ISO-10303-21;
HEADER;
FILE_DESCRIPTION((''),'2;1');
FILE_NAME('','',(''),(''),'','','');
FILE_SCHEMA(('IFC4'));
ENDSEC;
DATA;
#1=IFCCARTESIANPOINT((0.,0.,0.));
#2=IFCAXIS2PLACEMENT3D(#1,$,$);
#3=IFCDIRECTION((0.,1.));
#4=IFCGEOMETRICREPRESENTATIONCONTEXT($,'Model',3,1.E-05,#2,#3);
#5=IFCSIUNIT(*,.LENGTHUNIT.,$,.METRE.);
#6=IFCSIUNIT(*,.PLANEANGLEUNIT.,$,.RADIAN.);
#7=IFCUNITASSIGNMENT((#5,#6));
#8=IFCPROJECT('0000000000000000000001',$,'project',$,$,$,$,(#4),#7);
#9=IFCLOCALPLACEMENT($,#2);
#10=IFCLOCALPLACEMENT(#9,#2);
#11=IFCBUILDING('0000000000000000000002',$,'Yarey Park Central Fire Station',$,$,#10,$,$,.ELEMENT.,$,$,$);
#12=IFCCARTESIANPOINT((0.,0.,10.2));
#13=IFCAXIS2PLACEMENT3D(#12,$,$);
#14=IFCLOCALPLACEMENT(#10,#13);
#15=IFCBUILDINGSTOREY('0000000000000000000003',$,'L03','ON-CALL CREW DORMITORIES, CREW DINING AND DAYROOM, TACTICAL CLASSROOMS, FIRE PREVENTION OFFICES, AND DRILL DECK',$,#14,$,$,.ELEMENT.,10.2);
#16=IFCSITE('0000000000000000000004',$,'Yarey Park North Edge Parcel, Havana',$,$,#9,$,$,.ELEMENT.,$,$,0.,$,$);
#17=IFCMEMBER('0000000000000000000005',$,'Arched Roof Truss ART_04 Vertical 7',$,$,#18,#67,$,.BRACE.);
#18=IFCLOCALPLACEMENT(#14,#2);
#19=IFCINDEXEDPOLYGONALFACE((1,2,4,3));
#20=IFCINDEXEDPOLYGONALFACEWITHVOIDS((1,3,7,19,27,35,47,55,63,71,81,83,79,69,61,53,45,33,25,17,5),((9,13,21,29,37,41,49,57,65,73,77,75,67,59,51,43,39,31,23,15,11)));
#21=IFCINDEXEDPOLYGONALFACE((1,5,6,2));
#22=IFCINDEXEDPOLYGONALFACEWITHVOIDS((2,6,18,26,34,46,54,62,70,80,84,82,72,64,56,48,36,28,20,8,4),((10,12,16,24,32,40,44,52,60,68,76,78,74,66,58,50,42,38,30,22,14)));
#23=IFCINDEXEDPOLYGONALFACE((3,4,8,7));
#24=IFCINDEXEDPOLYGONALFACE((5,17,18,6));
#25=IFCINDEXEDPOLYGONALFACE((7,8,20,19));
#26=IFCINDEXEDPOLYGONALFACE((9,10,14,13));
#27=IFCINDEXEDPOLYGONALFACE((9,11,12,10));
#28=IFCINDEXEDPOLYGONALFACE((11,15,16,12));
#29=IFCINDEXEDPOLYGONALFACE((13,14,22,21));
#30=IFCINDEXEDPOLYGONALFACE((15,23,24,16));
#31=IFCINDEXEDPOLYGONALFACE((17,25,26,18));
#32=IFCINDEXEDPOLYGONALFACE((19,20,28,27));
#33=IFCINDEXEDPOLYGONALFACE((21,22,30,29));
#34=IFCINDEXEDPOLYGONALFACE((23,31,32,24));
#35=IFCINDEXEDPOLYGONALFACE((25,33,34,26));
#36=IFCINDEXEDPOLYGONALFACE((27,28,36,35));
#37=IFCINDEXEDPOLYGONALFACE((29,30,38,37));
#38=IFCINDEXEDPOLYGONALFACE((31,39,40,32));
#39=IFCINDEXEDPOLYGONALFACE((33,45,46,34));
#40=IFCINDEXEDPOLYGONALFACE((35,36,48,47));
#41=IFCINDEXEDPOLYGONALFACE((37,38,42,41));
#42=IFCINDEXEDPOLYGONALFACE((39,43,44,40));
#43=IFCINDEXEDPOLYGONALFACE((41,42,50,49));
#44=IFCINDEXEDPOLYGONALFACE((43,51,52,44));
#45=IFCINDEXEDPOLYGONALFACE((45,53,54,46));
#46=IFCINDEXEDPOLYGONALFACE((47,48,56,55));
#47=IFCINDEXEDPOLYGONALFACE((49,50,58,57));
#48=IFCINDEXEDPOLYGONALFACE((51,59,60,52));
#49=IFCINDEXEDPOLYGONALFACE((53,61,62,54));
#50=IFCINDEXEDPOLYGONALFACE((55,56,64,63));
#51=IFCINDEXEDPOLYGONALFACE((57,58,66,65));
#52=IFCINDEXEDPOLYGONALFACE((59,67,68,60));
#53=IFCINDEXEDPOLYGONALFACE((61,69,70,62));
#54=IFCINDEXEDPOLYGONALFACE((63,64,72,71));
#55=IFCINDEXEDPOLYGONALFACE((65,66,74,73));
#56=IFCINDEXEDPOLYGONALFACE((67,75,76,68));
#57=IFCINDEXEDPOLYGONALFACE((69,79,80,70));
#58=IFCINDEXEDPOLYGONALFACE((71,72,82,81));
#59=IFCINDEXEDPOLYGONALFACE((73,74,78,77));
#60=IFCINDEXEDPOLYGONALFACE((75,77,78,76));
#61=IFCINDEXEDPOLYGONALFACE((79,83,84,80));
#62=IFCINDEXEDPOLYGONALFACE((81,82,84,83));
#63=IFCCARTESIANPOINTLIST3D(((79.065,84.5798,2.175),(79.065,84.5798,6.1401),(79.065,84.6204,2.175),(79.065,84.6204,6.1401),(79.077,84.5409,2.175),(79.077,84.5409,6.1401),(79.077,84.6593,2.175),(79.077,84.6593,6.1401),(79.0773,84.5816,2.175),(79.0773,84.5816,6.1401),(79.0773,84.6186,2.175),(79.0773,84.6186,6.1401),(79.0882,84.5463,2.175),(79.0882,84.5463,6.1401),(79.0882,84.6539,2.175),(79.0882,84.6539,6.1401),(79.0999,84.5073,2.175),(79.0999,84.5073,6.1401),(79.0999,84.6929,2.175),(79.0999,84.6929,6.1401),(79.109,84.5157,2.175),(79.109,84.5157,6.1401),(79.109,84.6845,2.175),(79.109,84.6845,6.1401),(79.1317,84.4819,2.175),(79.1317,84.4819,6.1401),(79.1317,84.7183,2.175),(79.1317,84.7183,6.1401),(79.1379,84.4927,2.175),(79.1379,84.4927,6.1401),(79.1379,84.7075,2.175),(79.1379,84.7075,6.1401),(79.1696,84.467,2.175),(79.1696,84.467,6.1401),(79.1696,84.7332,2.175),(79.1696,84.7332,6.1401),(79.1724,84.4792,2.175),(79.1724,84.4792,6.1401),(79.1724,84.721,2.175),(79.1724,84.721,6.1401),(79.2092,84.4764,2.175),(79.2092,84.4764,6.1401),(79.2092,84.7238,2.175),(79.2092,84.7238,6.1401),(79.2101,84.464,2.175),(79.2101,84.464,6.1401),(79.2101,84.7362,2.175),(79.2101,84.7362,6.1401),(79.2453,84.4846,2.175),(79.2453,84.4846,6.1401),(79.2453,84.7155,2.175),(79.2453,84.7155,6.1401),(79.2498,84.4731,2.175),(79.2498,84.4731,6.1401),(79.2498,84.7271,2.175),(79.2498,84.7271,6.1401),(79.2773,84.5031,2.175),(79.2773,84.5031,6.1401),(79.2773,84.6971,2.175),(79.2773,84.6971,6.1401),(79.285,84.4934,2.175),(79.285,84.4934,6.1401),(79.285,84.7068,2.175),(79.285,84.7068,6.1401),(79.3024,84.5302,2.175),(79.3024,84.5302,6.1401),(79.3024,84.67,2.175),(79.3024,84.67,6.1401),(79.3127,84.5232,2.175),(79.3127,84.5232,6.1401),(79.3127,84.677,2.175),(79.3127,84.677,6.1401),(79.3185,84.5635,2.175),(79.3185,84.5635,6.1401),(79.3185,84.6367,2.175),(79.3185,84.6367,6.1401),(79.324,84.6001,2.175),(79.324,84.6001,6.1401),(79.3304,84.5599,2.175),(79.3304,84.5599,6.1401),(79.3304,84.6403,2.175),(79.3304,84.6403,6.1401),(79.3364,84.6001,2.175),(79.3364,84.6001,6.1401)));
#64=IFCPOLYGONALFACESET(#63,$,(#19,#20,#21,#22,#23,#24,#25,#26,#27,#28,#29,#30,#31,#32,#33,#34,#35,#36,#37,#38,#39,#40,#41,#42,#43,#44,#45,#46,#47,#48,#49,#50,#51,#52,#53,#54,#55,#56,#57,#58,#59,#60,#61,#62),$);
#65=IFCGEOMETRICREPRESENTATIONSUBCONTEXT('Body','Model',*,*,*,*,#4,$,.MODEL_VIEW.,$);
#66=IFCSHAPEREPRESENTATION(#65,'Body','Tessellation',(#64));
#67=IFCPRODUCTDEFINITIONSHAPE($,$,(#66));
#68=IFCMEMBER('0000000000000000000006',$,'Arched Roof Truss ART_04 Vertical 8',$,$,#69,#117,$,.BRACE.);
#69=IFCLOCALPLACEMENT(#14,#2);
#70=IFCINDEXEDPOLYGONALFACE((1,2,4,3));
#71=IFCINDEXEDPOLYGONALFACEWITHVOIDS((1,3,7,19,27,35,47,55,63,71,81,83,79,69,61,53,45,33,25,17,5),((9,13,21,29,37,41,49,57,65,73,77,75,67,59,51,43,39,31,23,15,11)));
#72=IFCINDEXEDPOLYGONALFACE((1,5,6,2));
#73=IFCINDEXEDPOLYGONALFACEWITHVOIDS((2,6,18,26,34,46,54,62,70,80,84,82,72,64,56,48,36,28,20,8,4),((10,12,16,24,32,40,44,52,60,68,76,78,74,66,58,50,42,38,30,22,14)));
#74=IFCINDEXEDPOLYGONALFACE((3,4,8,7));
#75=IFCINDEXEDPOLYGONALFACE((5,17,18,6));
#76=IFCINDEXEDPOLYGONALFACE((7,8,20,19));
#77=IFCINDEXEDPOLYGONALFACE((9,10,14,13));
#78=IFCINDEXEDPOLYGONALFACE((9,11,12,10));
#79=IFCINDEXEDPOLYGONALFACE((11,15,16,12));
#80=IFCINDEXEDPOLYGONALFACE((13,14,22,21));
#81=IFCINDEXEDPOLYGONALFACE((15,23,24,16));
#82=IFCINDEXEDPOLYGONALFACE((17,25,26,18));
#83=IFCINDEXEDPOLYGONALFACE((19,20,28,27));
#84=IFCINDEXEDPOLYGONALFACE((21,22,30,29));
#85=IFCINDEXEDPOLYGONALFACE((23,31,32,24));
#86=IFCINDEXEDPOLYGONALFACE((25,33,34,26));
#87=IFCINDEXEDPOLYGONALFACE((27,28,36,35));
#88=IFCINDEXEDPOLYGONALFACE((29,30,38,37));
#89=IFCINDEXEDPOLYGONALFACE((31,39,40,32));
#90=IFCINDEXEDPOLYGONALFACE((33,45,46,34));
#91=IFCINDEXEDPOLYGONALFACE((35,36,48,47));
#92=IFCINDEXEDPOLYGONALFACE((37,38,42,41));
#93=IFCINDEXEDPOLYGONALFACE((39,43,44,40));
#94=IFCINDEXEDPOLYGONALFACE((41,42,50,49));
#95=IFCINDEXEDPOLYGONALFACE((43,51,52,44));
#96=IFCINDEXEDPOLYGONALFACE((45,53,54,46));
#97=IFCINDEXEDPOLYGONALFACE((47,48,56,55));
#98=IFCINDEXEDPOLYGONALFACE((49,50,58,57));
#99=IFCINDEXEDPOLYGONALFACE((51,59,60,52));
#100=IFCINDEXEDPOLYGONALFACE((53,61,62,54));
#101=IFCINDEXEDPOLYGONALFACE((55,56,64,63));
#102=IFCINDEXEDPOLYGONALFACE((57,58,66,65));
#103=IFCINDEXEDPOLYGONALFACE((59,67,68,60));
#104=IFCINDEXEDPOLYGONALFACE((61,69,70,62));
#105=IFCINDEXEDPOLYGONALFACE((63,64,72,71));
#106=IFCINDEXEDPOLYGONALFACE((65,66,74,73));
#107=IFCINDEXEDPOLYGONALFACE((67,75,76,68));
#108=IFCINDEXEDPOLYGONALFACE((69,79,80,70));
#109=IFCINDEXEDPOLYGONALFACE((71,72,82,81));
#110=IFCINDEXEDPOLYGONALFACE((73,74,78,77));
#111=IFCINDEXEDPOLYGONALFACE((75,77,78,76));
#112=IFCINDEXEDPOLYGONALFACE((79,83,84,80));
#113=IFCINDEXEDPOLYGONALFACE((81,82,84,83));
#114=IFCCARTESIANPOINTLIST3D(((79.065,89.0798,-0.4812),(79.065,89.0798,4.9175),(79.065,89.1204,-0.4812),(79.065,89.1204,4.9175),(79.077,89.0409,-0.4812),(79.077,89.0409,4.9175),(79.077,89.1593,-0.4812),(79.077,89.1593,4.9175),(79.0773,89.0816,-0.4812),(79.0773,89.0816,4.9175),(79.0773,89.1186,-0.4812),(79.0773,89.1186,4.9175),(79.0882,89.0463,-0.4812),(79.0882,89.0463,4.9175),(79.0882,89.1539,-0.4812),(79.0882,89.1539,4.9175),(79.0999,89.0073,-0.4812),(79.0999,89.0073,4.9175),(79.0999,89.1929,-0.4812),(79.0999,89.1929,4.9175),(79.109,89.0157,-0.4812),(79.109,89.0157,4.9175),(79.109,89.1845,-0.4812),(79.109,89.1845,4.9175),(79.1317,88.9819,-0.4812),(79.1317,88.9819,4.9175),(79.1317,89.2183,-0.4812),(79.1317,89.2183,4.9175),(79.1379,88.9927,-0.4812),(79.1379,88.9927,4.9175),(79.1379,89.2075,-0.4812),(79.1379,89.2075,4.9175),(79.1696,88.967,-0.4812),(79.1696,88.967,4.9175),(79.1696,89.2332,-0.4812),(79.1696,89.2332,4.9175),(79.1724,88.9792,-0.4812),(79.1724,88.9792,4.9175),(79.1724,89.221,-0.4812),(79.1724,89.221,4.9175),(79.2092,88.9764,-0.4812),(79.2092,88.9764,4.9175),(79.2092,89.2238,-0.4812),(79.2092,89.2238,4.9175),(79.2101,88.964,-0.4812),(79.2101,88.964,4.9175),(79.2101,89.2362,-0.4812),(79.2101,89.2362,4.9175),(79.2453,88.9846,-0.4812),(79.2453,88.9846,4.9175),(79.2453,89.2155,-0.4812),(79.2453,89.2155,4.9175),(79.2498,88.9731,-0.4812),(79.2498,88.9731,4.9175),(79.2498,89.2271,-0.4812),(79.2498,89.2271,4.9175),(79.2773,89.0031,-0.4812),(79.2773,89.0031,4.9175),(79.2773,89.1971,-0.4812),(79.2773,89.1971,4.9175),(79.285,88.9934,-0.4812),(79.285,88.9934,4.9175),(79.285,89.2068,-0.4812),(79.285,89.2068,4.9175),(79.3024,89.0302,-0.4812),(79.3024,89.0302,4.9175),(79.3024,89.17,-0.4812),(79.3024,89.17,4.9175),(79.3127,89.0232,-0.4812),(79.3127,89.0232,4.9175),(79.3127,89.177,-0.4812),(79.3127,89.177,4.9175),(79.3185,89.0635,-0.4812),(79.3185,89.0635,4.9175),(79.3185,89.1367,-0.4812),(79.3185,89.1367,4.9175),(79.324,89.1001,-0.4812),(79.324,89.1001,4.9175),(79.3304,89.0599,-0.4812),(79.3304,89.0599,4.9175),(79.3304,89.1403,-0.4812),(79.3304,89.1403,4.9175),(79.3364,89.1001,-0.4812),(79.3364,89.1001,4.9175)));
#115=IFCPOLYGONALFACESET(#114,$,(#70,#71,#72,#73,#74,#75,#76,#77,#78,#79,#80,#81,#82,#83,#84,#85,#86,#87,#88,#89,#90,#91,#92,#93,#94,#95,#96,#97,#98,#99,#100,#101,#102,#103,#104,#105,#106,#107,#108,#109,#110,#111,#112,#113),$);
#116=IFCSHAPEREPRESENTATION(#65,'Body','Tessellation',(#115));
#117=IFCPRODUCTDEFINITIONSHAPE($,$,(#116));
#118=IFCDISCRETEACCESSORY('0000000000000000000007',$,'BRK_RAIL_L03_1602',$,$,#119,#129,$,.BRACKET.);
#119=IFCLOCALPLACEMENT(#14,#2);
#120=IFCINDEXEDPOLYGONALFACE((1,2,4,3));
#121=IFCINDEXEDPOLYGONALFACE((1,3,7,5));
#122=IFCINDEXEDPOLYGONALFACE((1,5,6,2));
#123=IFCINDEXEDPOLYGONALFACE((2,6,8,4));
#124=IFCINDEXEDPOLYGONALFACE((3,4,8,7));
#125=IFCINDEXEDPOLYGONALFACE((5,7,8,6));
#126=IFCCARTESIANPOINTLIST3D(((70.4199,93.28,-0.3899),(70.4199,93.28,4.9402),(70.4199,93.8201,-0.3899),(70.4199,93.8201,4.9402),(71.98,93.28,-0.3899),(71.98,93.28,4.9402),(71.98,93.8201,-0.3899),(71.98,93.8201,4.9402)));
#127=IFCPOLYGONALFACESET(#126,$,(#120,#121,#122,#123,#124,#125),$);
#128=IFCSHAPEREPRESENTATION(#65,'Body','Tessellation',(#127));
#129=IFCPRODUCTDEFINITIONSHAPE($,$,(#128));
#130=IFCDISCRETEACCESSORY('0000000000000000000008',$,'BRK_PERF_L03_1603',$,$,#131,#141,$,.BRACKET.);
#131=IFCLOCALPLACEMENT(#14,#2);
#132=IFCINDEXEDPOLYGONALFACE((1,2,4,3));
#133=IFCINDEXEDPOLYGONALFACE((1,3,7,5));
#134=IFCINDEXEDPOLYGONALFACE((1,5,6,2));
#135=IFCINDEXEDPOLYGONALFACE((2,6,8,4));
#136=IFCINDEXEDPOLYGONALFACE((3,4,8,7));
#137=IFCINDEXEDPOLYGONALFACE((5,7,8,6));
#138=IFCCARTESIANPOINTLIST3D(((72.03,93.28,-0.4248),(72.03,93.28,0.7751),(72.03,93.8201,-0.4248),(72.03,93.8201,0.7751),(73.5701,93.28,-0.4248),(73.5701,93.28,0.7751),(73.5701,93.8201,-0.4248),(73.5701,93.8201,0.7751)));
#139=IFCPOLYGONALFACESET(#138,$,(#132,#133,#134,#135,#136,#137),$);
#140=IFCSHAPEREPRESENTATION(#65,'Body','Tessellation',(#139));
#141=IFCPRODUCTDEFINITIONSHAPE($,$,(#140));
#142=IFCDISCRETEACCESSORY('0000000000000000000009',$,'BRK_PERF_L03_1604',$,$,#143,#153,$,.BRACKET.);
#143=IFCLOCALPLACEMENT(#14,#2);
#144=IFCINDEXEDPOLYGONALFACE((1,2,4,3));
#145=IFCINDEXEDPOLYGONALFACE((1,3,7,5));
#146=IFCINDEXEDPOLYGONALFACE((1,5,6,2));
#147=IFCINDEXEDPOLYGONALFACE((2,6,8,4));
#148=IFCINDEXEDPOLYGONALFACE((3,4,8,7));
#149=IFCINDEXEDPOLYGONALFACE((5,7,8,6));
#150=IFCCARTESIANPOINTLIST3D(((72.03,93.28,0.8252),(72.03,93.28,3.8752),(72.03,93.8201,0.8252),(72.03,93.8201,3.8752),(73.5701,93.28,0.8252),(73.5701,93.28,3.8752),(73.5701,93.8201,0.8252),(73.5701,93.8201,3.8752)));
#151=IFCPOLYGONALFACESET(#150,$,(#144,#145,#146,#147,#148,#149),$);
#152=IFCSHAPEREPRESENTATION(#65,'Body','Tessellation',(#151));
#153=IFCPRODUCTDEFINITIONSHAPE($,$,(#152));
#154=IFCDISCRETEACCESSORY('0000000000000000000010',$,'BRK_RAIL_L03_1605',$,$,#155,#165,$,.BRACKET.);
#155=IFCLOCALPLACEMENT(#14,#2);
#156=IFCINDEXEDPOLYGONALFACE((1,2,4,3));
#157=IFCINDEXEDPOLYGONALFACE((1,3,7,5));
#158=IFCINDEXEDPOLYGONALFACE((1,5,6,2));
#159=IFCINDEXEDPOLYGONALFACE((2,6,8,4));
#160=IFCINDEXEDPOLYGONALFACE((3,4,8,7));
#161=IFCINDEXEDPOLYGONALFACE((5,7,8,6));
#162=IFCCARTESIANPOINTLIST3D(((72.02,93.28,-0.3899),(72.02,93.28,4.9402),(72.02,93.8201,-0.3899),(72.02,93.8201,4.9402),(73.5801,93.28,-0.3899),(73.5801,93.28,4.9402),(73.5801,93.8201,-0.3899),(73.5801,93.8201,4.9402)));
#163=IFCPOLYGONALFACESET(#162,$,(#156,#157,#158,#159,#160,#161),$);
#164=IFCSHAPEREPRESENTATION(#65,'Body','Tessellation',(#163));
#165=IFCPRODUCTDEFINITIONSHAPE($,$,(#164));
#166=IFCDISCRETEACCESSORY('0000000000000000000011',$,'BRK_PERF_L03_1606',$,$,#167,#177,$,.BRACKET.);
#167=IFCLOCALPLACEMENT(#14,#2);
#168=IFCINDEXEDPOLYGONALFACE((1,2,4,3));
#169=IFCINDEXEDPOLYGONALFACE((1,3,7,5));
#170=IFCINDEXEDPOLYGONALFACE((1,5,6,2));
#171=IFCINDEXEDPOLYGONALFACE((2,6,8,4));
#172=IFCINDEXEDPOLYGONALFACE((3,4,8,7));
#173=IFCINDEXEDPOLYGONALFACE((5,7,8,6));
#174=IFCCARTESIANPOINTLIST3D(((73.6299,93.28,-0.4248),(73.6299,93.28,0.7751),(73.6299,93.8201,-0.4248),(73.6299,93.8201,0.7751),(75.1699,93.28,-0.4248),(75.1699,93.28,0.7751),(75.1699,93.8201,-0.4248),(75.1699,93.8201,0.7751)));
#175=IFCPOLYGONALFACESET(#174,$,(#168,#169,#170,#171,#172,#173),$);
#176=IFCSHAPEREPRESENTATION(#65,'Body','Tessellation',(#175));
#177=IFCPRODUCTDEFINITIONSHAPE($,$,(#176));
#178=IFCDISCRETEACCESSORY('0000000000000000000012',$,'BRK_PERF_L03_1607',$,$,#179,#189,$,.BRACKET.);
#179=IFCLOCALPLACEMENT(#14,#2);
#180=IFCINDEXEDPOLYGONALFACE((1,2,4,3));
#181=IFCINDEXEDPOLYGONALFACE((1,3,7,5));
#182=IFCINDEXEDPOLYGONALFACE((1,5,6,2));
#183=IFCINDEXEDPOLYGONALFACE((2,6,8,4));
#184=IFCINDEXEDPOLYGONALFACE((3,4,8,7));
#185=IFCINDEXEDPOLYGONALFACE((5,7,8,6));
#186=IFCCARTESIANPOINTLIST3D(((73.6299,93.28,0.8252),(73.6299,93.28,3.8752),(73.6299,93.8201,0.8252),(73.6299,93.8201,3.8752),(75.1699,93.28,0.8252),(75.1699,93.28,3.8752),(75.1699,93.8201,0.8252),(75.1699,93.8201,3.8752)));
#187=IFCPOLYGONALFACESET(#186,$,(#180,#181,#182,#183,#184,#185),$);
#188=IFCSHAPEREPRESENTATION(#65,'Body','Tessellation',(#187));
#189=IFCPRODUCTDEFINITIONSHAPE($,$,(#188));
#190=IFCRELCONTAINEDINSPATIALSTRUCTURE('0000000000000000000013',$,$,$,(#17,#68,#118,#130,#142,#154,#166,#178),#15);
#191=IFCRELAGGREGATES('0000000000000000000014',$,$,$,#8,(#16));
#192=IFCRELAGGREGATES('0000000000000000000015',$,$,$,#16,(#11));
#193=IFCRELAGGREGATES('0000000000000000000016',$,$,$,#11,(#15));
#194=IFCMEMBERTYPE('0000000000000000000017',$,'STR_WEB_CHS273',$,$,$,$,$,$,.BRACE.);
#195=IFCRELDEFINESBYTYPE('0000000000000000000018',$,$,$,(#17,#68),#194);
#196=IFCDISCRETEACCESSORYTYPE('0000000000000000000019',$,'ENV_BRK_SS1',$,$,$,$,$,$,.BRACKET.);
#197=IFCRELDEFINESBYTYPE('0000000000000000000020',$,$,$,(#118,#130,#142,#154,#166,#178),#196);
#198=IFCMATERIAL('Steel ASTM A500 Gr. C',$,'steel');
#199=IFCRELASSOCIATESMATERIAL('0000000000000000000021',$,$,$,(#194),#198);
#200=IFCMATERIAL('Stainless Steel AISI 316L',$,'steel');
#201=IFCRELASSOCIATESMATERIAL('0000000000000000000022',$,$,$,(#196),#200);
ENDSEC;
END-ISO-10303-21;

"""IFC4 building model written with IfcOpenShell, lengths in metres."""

from ifc_helpers import new_model, si_unit, direction, frame, origin, origin_2d, place, context, subcontext, project, spatial, rectangle, hollow_circle, extrude, material, material_profile, profile_set, type_object, element, save


model = new_model("IFC4")

# Units and contexts
model_context = context("Model", 3, precision=1e-05, world=origin(), true_north=direction((0.0, 1.0)))
body_context = subcontext(model_context, "Body", "Model", "MODEL_VIEW")
ifc_project = project(units=[si_unit("LENGTHUNIT", "METRE"), si_unit("PLANEANGLEUNIT", "RADIAN")], contexts=[model_context])

# Site, building, storey
site_placement = place(None, origin())
site = spatial("IfcSite", under=ifc_project, at=site_placement, Name="Yarey Park North Edge Parcel, Havana", CompositionType="ELEMENT", RefElevation=0.0)
building_placement = place(site_placement, origin())
building = spatial("IfcBuilding", under=site, at=building_placement, Name="Yarey Park Central Fire Station", CompositionType="ELEMENT")
storey_placement = place(building_placement, frame((0.0, 0.0, 10.2)))
storey = spatial("IfcBuildingStorey", under=building, at=storey_placement, Name="L03", Description="ON-CALL CREW DORMITORIES, CREW DINING AND DAYROOM, TACTICAL CLASSROOMS, FIRE PREVENTION OFFICES, AND DRILL DECK", CompositionType="ELEMENT", Elevation=10.2)

# Members
ifc_material_1 = material(Name="Steel ASTM A500 Gr. C", Category="steel")
ifc_material_profile_1 = material_profile(ifc_material_1, hollow_circle(Radius=0.1365, WallThickness=0.0125, at=origin_2d()), Name="CHS 273x12.5")
ifc_profile_set_1 = profile_set([ifc_material_profile_1], Name="Steel ASTM A500 Gr. C")
member_type_1 = type_object("IfcMemberType", Name="STR_WEB_CHS273", PredefinedType="BRACE", material=ifc_profile_set_1)
member_1_placement = place(storey_placement, frame((79.2, 84.6001, 2.175), z_axis=(0.0, 0.0, 1.0), x_axis=(1.0, 0.0, 0.0)))
element("IfcMember", 1, at=member_1_placement, inside=storey, type_object=member_type_1, Name="Arched Roof Truss ART_04 Vertical 7", PredefinedType="BRACE", context=body_context, shape_type="SweptSolid", body=[
    extrude(hollow_circle(Radius=0.1365, WallThickness=0.0125, at=origin_2d()), origin(), (0.0, 0.0, 1.0), 3.9651),
])
member_2_placement = place(storey_placement, frame((79.2, 89.1001, -0.4812), z_axis=(0.0, 0.0, 1.0), x_axis=(1.0, 0.0, 0.0)))
element("IfcMember", 2, at=member_2_placement, inside=storey, type_object=member_type_1, Name="Arched Roof Truss ART_04 Vertical 8", PredefinedType="BRACE", context=body_context, shape_type="SweptSolid", body=[
    extrude(hollow_circle(Radius=0.1365, WallThickness=0.0125, at=origin_2d()), origin(), (0.0, 0.0, 1.0), 5.3987),
])

# Discrete accessories
ifc_material_2 = material(Name="Stainless Steel AISI 316L", Category="steel")
discrete_accessory_type = type_object("IfcDiscreteAccessoryType", Name="ENV_BRK_SS1", PredefinedType="BRACKET", material=ifc_material_2)
discrete_accessory_1_placement = place(storey_placement, frame((71.2, 93.55, -0.3899), z_axis=(0.0, 0.0, 1.0), x_axis=(1.0, 0.0, 0.0)))
element("IfcDiscreteAccessory", 3, at=discrete_accessory_1_placement, inside=storey, type_object=discrete_accessory_type, Name="BRK_RAIL_L03_1602", PredefinedType="BRACKET", context=body_context, shape_type="SweptSolid", body=[
    extrude(rectangle(XDim=1.5601, YDim=0.54, at=origin_2d()), origin(), (0.0, 0.0, 1.0), 5.3301),
])
discrete_accessory_2_placement = place(storey_placement, frame((72.8, 93.55, -0.4248), z_axis=(0.0, 0.0, 1.0), x_axis=(1.0, 0.0, 0.0)))
element("IfcDiscreteAccessory", 4, at=discrete_accessory_2_placement, inside=storey, type_object=discrete_accessory_type, Name="BRK_PERF_L03_1603", PredefinedType="BRACKET", context=body_context, shape_type="SweptSolid", body=[
    extrude(rectangle(XDim=1.54, YDim=0.54, at=origin_2d()), origin(), (0.0, 0.0, 1.0), 1.2),
])
discrete_accessory_3_placement = place(storey_placement, frame((72.8, 93.55, 0.8252), z_axis=(0.0, 0.0, 1.0), x_axis=(1.0, 0.0, 0.0)))
element("IfcDiscreteAccessory", 5, at=discrete_accessory_3_placement, inside=storey, type_object=discrete_accessory_type, Name="BRK_PERF_L03_1604", PredefinedType="BRACKET", context=body_context, shape_type="SweptSolid", body=[
    extrude(rectangle(XDim=1.54, YDim=0.54, at=origin_2d()), origin(), (0.0, 0.0, 1.0), 3.05),
])
discrete_accessory_4_placement = place(storey_placement, frame((72.8, 93.55, -0.3899), z_axis=(0.0, 0.0, 1.0), x_axis=(1.0, 0.0, 0.0)))
element("IfcDiscreteAccessory", 6, at=discrete_accessory_4_placement, inside=storey, type_object=discrete_accessory_type, Name="BRK_RAIL_L03_1605", PredefinedType="BRACKET", context=body_context, shape_type="SweptSolid", body=[
    extrude(rectangle(XDim=1.5601, YDim=0.54, at=origin_2d()), origin(), (0.0, 0.0, 1.0), 5.3301),
])
discrete_accessory_5_placement = place(storey_placement, frame((74.3999, 93.55, -0.4248), z_axis=(0.0, 0.0, 1.0), x_axis=(1.0, 0.0, 0.0)))
element("IfcDiscreteAccessory", 7, at=discrete_accessory_5_placement, inside=storey, type_object=discrete_accessory_type, Name="BRK_PERF_L03_1606", PredefinedType="BRACKET", context=body_context, shape_type="SweptSolid", body=[
    extrude(rectangle(XDim=1.54, YDim=0.54, at=origin_2d()), origin(), (0.0, 0.0, 1.0), 1.2),
])
discrete_accessory_6_placement = place(storey_placement, frame((74.3999, 93.55, 0.8252), z_axis=(0.0, 0.0, 1.0), x_axis=(1.0, 0.0, 0.0)))
element("IfcDiscreteAccessory", 8, at=discrete_accessory_6_placement, inside=storey, type_object=discrete_accessory_type, Name="BRK_PERF_L03_1607", PredefinedType="BRACKET", context=body_context, shape_type="SweptSolid", body=[
    extrude(rectangle(XDim=1.54, YDim=0.54, at=origin_2d()), origin(), (0.0, 0.0, 1.0), 3.05),
])

save(model, "model.ifc")
